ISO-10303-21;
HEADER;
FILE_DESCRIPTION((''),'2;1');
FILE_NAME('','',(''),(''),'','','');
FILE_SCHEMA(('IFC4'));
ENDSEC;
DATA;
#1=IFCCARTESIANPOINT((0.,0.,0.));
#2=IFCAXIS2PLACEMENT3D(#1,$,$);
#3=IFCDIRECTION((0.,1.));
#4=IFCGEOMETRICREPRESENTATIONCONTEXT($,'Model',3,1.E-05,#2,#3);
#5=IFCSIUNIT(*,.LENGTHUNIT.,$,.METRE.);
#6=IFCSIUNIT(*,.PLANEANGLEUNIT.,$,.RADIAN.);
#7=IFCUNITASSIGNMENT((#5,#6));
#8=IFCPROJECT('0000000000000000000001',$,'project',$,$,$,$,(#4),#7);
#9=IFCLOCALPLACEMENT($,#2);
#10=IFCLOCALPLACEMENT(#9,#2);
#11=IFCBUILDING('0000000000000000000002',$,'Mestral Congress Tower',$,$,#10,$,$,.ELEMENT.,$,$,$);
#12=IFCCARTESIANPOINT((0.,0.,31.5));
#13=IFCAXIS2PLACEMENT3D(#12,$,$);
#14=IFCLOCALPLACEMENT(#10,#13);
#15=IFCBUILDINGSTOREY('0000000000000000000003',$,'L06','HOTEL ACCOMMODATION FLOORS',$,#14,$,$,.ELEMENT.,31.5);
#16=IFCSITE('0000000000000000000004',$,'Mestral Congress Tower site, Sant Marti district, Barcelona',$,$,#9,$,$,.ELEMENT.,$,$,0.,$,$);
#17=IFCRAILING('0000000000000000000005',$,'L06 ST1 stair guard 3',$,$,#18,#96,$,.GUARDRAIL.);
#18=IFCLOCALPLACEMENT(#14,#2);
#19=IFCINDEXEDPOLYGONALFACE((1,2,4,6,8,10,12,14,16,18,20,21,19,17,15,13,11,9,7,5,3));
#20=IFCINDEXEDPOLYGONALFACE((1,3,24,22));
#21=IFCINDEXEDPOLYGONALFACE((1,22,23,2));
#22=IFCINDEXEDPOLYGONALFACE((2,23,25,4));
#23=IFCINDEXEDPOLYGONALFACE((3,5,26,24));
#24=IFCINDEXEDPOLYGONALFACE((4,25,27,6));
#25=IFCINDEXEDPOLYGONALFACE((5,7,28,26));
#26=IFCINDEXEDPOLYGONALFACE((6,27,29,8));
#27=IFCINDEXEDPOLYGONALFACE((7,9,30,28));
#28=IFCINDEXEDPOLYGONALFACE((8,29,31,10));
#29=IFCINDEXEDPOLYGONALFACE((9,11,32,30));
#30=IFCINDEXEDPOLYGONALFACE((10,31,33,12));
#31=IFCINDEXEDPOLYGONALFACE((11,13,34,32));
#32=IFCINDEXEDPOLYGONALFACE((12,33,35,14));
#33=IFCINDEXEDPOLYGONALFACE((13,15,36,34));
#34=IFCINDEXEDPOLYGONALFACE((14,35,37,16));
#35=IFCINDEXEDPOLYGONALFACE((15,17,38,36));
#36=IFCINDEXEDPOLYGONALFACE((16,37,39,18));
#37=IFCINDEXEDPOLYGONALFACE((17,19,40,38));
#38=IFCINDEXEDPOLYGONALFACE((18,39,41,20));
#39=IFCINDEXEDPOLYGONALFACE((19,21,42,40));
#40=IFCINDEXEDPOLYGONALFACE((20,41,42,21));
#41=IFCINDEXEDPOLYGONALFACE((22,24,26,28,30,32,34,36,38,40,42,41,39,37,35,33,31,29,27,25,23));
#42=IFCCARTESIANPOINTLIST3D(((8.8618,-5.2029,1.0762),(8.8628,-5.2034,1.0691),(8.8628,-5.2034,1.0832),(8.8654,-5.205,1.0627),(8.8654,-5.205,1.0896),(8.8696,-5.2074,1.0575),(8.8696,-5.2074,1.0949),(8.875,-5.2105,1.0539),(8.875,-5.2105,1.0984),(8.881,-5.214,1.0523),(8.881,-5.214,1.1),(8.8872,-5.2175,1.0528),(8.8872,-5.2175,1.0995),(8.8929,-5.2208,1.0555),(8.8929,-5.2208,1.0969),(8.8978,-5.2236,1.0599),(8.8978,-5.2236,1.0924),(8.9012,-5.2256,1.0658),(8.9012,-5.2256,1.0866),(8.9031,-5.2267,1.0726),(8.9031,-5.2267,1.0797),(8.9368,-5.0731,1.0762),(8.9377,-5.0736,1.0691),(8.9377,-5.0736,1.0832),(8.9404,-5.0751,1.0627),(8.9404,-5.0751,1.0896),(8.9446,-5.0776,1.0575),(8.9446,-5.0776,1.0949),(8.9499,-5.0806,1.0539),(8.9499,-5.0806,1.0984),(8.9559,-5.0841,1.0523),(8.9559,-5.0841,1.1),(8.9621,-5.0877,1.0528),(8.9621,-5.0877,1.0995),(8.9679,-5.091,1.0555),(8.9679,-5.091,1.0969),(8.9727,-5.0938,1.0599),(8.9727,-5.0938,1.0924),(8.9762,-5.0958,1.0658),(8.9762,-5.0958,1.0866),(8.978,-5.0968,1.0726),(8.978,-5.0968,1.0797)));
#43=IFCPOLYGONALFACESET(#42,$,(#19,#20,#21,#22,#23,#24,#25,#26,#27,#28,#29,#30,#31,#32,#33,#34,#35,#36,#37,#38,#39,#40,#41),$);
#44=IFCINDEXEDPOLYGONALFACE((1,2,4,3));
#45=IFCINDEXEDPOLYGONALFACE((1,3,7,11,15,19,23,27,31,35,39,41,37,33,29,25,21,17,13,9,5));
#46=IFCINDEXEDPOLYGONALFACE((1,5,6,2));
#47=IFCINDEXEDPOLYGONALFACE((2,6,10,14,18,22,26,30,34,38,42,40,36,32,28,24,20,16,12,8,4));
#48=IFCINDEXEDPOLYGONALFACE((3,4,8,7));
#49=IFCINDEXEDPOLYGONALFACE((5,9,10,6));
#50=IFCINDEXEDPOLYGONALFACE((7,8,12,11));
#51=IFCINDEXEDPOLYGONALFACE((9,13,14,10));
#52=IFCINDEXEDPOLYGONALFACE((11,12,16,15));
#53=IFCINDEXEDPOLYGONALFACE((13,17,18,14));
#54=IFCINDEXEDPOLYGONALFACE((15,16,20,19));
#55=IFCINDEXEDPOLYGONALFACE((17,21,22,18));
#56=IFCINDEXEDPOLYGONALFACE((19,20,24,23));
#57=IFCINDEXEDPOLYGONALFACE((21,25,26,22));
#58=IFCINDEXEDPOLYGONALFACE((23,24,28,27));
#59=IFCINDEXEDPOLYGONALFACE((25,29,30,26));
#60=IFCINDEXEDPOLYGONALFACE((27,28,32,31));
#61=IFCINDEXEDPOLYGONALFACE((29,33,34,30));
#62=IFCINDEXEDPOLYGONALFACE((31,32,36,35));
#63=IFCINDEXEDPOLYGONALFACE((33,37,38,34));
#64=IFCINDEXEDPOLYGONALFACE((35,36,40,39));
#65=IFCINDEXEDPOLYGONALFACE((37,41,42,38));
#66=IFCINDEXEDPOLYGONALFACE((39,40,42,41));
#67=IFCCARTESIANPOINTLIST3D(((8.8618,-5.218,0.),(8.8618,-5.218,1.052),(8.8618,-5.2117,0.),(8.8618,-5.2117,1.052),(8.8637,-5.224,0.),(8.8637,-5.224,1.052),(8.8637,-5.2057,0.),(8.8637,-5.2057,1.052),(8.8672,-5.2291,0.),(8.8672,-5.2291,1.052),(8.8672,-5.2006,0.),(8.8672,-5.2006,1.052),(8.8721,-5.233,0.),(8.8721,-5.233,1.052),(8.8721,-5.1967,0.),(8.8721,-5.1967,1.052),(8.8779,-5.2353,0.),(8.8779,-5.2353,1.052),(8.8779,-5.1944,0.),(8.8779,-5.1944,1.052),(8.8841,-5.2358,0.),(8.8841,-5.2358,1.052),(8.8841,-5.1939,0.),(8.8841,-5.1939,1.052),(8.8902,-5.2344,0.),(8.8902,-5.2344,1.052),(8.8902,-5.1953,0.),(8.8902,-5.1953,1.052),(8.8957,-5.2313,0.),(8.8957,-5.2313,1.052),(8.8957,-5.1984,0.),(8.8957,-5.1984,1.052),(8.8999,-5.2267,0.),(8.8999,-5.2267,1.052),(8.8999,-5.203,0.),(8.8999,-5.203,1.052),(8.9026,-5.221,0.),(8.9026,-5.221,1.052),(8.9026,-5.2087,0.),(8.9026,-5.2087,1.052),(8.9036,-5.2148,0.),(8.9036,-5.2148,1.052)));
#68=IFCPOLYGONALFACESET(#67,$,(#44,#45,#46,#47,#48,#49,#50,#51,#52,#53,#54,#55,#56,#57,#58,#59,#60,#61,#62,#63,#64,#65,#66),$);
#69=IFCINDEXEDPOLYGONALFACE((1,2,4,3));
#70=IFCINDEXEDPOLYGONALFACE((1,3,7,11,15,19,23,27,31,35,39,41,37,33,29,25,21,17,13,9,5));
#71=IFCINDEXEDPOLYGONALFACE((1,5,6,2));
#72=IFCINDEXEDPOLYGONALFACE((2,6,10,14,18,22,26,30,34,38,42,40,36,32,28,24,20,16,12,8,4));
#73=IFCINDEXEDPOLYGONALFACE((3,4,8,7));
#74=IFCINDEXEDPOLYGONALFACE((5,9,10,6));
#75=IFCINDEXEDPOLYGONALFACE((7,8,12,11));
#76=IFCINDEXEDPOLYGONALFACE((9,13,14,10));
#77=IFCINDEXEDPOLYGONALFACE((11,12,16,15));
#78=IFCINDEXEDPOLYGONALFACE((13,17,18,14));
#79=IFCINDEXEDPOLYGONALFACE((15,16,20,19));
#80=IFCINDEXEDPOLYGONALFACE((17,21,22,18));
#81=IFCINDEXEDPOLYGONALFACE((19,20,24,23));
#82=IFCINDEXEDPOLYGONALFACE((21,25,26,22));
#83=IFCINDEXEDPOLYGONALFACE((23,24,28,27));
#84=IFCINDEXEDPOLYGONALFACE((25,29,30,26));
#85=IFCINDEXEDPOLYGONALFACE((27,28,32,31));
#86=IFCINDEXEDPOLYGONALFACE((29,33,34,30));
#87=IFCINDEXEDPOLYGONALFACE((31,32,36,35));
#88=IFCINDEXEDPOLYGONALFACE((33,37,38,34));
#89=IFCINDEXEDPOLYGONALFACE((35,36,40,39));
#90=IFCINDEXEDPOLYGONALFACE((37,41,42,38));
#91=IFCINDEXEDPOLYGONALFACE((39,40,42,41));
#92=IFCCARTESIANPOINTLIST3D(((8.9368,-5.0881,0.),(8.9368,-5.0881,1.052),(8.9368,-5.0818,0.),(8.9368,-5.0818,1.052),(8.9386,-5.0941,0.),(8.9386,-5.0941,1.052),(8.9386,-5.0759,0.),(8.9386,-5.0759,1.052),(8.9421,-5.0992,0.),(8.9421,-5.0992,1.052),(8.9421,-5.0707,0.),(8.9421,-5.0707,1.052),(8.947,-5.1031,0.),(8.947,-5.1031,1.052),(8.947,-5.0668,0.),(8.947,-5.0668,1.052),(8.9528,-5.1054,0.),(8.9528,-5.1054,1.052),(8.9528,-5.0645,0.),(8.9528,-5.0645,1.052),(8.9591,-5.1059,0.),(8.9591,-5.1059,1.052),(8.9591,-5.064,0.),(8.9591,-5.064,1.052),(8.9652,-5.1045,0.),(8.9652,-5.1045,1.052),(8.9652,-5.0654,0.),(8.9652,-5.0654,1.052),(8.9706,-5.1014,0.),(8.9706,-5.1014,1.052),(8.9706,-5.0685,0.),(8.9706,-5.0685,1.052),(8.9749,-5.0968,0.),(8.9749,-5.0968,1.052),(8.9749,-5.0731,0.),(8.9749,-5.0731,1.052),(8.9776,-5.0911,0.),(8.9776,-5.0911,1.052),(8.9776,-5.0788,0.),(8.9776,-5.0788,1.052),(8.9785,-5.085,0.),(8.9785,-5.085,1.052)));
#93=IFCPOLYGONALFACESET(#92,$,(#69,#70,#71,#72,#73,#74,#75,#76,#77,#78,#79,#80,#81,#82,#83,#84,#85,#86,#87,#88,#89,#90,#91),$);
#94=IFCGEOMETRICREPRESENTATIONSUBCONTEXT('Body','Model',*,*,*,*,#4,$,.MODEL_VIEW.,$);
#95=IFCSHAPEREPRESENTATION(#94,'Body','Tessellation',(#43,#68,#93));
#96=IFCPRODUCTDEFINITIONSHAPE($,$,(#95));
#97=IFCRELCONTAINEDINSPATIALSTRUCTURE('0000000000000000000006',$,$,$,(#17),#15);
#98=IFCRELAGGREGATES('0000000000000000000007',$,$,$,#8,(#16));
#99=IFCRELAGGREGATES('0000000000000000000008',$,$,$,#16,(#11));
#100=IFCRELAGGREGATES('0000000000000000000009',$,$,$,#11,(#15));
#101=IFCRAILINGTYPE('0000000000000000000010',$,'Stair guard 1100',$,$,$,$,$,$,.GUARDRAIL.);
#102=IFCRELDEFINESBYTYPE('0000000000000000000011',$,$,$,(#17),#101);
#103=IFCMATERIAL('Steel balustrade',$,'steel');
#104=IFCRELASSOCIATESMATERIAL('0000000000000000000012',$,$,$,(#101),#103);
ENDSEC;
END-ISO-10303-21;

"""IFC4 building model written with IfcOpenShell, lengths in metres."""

from ifc_helpers import new_model, si_unit, direction, frame, origin, origin_2d, place, context, subcontext, project, spatial, circle, extrude, material, type_object, element, save


model = new_model("IFC4")

# Units and contexts
model_context = context("Model", 3, precision=1e-05, world=origin(), true_north=direction((0.0, 1.0)))
body_context = subcontext(model_context, "Body", "Model", "MODEL_VIEW")
ifc_project = project(units=[si_unit("LENGTHUNIT", "METRE"), si_unit("PLANEANGLEUNIT", "RADIAN")], contexts=[model_context])

# Site, building, storey
site_placement = place(None, origin())
site = spatial("IfcSite", under=ifc_project, at=site_placement, Name="Mestral Congress Tower site, Sant Marti district, Barcelona", CompositionType="ELEMENT", RefElevation=0.0)
building_placement = place(site_placement, origin())
building = spatial("IfcBuilding", under=site, at=building_placement, Name="Mestral Congress Tower", CompositionType="ELEMENT")
storey_placement = place(building_placement, frame((0.0, 0.0, 31.5)))
storey = spatial("IfcBuildingStorey", under=building, at=storey_placement, Name="L06", Description="HOTEL ACCOMMODATION FLOORS", CompositionType="ELEMENT", Elevation=31.5)

# Railing
ifc_material_1 = material(Name="Steel balustrade", Category="steel")
railing_type_1 = type_object("IfcRailingType", Name="Stair guard 1100", PredefinedType="GUARDRAIL", material=ifc_material_1)
railing_1_placement = place(storey_placement, frame((8.8826, -5.2148, 0.0)))
element("IfcRailing", 1, at=railing_1_placement, inside=storey, type_object=railing_type_1, Name="L06 ST1 stair guard 3", PredefinedType="GUARDRAIL", context=body_context, shape_type="SweptSolid", body=[
    extrude(circle(Radius=0.0239, at=origin_2d()), frame((0.0, 0.0, 1.0762), z_axis=(0.499816, 0.866131, 0.0), x_axis=(-0.866131, 0.499816, 0.0)), (0.0, 0.0, 1.0), 0.1499),
    extrude(circle(Radius=0.021, at=origin_2d()), origin(), (0.0, 0.0, 1.0), 1.052),
    extrude(circle(Radius=0.021, at=origin_2d()), frame((0.075, 0.1299, 0.0)), (0.0, 0.0, 1.0), 1.052),
])

save(model, "model.ifc")
